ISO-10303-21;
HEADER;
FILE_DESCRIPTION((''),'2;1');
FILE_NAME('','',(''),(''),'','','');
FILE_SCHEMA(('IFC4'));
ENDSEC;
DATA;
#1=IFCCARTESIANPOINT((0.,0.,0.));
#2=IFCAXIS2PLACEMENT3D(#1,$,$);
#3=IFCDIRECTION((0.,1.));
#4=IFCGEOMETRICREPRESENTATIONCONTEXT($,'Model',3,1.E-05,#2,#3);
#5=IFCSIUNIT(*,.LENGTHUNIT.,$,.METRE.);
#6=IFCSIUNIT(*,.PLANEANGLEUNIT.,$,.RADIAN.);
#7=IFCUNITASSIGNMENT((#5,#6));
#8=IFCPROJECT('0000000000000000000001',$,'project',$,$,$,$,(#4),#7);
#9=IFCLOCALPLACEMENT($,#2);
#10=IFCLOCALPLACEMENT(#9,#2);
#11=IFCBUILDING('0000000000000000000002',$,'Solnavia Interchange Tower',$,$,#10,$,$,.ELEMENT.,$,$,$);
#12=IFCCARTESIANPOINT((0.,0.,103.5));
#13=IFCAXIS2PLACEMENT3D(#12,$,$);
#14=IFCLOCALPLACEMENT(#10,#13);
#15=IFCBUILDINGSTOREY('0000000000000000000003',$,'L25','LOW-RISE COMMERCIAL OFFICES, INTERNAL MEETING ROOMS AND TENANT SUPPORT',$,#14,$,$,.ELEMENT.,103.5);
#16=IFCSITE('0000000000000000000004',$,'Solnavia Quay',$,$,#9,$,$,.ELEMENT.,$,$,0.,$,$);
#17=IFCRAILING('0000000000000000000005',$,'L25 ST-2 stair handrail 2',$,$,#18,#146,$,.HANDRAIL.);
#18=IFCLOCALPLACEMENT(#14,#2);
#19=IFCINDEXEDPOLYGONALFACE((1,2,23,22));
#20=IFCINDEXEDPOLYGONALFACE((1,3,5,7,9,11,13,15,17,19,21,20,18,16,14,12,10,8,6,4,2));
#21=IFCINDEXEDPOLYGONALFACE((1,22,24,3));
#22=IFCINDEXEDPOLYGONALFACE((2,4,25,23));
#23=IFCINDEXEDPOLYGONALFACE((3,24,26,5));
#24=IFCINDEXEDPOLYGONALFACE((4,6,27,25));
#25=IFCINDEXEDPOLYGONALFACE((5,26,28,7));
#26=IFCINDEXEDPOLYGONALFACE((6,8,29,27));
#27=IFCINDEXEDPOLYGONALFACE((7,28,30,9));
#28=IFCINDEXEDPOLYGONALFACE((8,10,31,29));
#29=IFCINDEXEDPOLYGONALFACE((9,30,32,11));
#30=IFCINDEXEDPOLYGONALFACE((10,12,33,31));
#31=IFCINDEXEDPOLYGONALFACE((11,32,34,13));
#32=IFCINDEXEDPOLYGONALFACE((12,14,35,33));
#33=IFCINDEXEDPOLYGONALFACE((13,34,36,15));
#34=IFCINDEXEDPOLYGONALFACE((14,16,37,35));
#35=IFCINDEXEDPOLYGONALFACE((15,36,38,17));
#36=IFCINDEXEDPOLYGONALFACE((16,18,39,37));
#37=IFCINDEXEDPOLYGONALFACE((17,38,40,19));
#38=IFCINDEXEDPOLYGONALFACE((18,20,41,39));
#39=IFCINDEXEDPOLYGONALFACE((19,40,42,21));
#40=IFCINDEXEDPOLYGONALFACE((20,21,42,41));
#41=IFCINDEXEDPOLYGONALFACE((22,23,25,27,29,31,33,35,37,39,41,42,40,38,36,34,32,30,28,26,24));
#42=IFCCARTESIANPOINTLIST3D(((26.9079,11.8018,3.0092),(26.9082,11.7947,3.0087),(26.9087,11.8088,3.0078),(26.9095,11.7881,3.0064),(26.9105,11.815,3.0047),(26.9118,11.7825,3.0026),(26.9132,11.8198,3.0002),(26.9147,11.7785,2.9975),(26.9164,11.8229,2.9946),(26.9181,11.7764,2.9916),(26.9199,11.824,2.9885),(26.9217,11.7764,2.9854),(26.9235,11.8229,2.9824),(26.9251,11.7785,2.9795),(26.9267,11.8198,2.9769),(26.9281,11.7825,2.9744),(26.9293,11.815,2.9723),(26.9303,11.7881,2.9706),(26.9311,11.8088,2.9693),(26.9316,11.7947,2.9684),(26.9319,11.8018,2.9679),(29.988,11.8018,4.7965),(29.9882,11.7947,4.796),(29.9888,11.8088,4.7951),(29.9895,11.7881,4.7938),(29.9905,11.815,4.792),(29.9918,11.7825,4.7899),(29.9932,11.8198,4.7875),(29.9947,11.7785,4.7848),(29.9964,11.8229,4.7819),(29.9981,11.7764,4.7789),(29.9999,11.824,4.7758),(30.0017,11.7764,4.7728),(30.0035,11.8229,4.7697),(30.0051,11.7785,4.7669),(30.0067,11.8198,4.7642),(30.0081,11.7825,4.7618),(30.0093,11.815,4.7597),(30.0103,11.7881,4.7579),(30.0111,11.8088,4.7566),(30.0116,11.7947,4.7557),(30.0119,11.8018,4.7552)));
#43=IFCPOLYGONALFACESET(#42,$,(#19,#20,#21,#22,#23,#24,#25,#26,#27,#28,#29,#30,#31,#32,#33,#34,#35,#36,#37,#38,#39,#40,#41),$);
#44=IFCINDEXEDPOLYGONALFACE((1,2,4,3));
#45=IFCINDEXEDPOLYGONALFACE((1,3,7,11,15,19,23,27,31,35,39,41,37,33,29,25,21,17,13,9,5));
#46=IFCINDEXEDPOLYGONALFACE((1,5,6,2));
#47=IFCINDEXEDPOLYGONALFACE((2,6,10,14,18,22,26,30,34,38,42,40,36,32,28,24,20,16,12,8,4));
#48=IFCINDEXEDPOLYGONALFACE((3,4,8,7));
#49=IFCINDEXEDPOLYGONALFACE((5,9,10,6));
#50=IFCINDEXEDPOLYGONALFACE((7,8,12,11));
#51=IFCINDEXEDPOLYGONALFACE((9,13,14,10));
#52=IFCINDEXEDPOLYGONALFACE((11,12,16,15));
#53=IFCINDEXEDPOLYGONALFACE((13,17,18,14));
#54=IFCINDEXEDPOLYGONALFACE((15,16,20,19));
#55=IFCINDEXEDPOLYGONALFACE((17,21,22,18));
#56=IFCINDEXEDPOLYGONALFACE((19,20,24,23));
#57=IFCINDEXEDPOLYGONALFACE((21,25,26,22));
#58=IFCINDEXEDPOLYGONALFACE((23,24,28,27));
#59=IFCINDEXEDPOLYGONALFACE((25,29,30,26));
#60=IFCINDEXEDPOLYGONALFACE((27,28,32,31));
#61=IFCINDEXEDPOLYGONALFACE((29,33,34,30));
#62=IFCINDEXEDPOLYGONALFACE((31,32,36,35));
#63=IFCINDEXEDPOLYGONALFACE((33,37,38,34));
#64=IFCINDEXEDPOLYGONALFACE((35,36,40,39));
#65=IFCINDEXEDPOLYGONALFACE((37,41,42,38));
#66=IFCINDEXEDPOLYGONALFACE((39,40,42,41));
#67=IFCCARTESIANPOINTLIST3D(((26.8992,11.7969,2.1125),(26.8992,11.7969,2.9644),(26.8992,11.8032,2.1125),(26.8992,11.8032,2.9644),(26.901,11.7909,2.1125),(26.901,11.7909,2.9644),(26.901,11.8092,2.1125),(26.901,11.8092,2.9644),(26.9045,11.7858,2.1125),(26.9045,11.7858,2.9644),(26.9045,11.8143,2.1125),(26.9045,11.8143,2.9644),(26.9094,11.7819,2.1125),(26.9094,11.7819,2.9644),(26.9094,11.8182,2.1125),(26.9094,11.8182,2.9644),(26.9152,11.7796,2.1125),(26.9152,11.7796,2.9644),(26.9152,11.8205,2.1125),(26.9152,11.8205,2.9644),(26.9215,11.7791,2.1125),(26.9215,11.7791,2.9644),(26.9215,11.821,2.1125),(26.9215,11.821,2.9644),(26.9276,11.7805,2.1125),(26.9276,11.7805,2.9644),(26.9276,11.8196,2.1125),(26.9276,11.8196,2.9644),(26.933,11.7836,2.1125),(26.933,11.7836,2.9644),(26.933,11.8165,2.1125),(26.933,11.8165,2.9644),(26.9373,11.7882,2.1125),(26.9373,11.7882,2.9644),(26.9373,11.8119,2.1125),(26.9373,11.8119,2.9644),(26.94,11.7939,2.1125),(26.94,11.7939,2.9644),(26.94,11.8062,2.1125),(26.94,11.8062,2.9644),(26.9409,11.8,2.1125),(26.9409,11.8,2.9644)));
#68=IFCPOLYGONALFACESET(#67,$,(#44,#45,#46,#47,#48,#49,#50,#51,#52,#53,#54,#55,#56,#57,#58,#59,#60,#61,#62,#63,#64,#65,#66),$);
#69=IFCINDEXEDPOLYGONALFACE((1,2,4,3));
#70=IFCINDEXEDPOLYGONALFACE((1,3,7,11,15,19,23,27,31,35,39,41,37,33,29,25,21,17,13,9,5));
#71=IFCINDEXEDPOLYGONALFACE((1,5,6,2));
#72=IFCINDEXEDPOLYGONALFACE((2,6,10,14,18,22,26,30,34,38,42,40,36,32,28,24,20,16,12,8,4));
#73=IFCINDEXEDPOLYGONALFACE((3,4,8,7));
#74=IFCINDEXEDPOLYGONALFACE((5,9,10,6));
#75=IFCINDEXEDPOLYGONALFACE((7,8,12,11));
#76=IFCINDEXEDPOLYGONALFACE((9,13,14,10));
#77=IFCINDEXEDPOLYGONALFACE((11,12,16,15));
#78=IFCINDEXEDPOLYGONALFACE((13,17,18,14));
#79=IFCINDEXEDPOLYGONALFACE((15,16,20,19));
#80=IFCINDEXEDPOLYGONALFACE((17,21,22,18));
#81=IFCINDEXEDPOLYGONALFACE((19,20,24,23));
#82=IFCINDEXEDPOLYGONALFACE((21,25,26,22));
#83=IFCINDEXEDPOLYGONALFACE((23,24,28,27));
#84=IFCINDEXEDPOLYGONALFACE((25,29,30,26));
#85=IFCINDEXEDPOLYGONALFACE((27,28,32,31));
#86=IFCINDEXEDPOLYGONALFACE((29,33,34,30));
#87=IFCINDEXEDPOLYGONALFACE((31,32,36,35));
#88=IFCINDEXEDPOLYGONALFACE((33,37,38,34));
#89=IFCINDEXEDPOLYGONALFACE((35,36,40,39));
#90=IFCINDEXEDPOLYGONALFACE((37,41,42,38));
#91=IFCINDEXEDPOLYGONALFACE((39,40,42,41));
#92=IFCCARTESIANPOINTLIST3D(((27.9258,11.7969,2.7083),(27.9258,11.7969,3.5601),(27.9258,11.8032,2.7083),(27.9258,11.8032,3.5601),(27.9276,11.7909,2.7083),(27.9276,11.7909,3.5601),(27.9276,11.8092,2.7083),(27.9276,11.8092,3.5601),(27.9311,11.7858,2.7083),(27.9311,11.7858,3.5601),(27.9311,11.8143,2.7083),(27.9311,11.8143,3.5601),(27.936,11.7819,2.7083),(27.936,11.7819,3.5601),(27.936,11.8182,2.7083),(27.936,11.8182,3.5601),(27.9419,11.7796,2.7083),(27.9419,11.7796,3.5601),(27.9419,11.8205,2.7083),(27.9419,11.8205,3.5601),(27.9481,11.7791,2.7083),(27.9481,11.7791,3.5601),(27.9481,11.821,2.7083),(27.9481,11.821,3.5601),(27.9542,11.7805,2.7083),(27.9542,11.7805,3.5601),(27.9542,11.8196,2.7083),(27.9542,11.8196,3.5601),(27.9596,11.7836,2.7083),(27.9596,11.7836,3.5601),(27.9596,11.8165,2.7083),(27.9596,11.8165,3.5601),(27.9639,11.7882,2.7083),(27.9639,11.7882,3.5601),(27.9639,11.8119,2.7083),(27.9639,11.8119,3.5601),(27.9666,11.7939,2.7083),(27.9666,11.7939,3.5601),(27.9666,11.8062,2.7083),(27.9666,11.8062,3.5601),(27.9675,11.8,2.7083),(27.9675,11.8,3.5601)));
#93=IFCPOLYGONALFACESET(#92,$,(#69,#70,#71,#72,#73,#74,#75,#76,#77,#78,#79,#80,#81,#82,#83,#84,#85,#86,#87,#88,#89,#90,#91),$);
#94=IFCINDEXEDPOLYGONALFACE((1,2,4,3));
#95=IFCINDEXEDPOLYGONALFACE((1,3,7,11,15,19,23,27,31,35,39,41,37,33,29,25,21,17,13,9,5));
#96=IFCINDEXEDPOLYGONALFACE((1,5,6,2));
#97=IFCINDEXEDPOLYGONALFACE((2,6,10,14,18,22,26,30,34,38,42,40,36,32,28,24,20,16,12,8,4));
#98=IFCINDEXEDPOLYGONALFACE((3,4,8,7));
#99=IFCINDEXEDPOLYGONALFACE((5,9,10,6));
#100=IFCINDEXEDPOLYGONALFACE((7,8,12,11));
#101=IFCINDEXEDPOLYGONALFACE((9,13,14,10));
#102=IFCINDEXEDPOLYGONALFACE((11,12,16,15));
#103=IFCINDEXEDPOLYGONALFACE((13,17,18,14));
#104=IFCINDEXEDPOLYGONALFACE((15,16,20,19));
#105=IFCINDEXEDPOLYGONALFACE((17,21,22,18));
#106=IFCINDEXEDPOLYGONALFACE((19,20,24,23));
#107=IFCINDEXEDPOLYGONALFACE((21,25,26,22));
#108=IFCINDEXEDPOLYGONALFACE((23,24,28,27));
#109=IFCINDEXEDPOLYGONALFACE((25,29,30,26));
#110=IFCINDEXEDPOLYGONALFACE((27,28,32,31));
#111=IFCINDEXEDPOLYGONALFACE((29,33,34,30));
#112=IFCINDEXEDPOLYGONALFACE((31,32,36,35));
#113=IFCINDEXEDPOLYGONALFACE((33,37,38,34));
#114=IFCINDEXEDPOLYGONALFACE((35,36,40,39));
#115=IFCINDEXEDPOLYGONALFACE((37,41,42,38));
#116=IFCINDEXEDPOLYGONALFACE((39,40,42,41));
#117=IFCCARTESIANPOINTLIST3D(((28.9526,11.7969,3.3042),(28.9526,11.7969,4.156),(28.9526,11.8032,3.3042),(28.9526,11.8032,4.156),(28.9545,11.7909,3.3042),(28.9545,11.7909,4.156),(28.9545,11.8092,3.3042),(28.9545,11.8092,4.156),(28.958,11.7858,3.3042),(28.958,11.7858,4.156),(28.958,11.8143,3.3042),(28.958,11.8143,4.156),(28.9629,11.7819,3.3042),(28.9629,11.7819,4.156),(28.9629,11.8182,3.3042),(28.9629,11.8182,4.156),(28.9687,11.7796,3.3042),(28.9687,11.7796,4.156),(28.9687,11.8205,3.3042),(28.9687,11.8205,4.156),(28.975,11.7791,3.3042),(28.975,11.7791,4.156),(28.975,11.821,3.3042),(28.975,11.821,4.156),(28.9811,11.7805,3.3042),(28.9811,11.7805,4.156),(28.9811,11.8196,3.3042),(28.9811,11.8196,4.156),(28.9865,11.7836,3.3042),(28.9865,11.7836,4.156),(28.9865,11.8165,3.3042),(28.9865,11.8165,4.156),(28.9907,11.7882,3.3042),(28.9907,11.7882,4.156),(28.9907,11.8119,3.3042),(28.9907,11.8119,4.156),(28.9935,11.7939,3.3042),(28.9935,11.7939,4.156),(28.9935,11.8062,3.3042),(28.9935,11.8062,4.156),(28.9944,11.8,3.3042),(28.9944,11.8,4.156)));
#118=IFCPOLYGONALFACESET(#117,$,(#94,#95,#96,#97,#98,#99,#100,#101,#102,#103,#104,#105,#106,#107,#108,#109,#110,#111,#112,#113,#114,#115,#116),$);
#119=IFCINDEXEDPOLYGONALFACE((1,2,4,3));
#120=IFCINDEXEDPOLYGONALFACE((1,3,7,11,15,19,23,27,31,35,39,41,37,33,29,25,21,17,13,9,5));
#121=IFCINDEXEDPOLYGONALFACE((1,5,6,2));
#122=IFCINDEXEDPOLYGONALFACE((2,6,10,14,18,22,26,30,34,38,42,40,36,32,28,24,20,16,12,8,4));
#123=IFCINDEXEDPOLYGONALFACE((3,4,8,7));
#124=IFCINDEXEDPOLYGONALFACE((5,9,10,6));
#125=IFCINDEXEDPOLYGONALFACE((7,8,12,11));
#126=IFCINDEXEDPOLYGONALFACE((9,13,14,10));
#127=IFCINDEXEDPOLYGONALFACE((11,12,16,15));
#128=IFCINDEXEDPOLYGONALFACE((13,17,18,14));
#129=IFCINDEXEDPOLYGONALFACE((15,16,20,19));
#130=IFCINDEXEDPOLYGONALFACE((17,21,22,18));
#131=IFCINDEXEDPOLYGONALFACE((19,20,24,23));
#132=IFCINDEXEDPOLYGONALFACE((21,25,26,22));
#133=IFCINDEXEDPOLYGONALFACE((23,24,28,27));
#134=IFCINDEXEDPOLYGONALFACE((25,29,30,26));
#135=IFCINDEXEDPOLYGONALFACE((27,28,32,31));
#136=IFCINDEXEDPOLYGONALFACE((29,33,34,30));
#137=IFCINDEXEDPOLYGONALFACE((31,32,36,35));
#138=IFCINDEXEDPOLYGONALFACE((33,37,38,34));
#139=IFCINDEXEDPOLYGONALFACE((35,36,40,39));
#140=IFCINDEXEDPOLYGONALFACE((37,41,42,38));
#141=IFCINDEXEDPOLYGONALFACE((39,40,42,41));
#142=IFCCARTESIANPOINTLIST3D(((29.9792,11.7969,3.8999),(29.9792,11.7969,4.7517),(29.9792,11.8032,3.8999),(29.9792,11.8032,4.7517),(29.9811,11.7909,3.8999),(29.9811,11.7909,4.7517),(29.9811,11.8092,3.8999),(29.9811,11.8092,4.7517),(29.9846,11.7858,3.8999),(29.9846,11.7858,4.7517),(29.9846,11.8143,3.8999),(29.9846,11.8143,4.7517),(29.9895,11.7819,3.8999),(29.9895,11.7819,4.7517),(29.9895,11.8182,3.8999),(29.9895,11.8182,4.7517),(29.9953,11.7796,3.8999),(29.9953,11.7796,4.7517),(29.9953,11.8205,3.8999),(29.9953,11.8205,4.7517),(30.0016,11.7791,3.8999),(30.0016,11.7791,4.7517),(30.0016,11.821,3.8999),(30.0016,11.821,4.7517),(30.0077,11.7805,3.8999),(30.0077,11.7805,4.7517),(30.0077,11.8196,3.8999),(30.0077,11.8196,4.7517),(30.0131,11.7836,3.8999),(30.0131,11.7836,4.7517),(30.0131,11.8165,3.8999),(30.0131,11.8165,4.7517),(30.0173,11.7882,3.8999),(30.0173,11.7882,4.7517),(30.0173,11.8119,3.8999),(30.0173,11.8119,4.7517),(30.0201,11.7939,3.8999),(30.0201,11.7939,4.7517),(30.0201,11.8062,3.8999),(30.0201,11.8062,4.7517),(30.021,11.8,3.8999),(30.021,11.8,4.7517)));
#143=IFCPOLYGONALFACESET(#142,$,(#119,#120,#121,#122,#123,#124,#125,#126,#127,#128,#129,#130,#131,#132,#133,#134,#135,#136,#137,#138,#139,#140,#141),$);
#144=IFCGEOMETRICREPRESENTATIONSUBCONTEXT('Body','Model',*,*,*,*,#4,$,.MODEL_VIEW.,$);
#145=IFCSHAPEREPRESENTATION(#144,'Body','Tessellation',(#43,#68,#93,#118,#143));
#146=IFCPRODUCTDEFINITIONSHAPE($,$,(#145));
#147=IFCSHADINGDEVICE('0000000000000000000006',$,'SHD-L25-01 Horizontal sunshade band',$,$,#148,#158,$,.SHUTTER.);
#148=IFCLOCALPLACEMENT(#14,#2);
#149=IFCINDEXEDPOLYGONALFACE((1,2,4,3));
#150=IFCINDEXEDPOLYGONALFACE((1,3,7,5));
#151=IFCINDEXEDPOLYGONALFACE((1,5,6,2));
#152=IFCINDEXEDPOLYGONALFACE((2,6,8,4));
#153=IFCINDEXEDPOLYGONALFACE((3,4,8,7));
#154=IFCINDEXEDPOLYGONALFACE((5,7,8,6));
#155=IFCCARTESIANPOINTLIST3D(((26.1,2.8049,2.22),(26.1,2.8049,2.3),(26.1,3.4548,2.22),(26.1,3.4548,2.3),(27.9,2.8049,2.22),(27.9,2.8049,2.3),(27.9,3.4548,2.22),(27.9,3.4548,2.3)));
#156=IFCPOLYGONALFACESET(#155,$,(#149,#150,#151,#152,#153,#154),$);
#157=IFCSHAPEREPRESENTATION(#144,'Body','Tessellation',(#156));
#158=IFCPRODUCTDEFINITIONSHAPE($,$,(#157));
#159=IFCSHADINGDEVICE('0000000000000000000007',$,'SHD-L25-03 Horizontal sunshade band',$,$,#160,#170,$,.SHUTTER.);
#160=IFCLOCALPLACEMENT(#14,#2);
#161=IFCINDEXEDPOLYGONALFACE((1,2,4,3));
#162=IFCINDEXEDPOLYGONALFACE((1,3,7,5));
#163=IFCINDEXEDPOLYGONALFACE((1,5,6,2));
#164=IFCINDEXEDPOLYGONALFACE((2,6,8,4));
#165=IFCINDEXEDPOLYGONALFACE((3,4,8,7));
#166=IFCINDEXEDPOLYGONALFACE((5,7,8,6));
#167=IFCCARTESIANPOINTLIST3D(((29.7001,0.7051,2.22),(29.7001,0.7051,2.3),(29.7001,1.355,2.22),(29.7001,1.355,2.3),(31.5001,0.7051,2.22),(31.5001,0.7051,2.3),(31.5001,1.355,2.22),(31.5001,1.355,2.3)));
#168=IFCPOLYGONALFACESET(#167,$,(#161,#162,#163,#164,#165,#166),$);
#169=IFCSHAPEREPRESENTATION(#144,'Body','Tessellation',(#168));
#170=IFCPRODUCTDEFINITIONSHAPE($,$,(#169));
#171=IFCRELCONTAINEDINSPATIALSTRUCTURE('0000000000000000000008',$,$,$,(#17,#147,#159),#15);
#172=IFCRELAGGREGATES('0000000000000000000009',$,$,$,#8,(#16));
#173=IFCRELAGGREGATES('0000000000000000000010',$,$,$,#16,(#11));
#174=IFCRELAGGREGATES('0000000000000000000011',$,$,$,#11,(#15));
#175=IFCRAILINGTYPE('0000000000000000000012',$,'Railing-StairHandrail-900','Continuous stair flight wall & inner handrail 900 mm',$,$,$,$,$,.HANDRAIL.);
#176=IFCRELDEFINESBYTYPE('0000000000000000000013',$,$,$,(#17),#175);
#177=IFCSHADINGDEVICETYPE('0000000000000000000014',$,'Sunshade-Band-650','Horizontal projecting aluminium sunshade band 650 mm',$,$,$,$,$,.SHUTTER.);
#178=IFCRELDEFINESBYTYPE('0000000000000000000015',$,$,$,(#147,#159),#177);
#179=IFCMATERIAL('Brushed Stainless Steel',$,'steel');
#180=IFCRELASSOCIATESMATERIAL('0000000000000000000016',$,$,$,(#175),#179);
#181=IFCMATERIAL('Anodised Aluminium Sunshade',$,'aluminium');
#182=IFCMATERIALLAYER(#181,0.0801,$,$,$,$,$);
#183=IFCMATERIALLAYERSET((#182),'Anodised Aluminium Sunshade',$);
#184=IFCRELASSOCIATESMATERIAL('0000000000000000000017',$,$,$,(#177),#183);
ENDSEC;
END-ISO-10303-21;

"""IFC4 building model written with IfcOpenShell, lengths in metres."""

from ifc_helpers import new_model, si_unit, direction, frame, origin, origin_2d, place, context, subcontext, project, spatial, rectangle, circle, extrude, material, layer, layer_set, type_object, element, save


model = new_model("IFC4")

# Units and contexts
model_context = context("Model", 3, precision=1e-05, world=origin(), true_north=direction((0.0, 1.0)))
body_context = subcontext(model_context, "Body", "Model", "MODEL_VIEW")
ifc_project = project(units=[si_unit("LENGTHUNIT", "METRE"), si_unit("PLANEANGLEUNIT", "RADIAN")], contexts=[model_context])

# Site, building, storey
site_placement = place(None, origin())
site = spatial("IfcSite", under=ifc_project, at=site_placement, Name="Solnavia Quay", CompositionType="ELEMENT", RefElevation=0.0)
building_placement = place(site_placement, origin())
building = spatial("IfcBuilding", under=site, at=building_placement, Name="Solnavia Interchange Tower", CompositionType="ELEMENT")
storey_placement = place(building_placement, frame((0.0, 0.0, 103.5)))
storey = spatial("IfcBuildingStorey", under=building, at=storey_placement, Name="L25", Description="LOW-RISE COMMERCIAL OFFICES, INTERNAL MEETING ROOMS AND TENANT SUPPORT", CompositionType="ELEMENT", Elevation=103.5)

# Railing
ifc_material_1 = material(Name="Brushed Stainless Steel", Category="steel")
railing_type_1 = type_object("IfcRailingType", Name="Railing-StairHandrail-900", Description="Continuous stair flight wall & inner handrail 900 mm", PredefinedType="HANDRAIL", material=ifc_material_1)
railing_1_placement = place(storey_placement, frame((26.9199, 11.8, 2.1125)))
element("IfcRailing", 1, at=railing_1_placement, inside=storey, type_object=railing_type_1, Name="L25 ST-2 stair handrail 2", PredefinedType="HANDRAIL", context=body_context, shape_type="SweptSolid", body=[
    extrude(circle(Radius=0.0239, at=origin_2d()), frame((0.0, 0.0, 0.876), z_axis=(0.86492, 0.0, 0.501909), x_axis=(0.0, 1.0, 0.0)), (0.0, 0.0, 1.0), 3.561),
    extrude(circle(Radius=0.021, at=origin_2d()), origin(), (0.0, 0.0, 1.0), 0.8518),
    extrude(circle(Radius=0.021, at=origin_2d()), frame((1.0266, 0.0, 0.5957)), (0.0, 0.0, 1.0), 0.8518),
    extrude(circle(Radius=0.021, at=origin_2d()), frame((2.0535, 0.0, 1.1917)), (0.0, 0.0, 1.0), 0.8518),
    extrude(circle(Radius=0.021, at=origin_2d()), frame((3.0801, 0.0, 1.7874)), (0.0, 0.0, 1.0), 0.8518),
])

# Shading devices
ifc_material_2 = material(Name="Anodised Aluminium Sunshade", Category="aluminium")
ifc_layer_1 = layer(ifc_material_2, 0.0801)
ifc_layer_set_1 = layer_set([ifc_layer_1], Name="Anodised Aluminium Sunshade")
shading_device_type = type_object("IfcShadingDeviceType", Name="Sunshade-Band-650", Description="Horizontal projecting aluminium sunshade band 650 mm", PredefinedType="SHUTTER", material=ifc_layer_set_1)
for number, where, z_axis, x_axis, name in (
    (2, (27.0, 3.1299, 2.22), (0.0, 0.0, 1.0), (-1.0, 0.0, 0.0), "SHD-L25-01 Horizontal sunshade band"),
    (3, (30.6001, 1.03, 2.22), (0.0, 0.0, 1.0), (-1.0, 0.0, 0.0), "SHD-L25-03 Horizontal sunshade band"),
):
    element("IfcShadingDevice", number, at=place(storey_placement, frame(where, z_axis=z_axis, x_axis=x_axis)), inside=storey, type_object=shading_device_type, Name=name, PredefinedType="SHUTTER", context=body_context, shape_type="SweptSolid", body=[
        extrude(rectangle(XDim=1.8, YDim=0.6499, at=origin_2d()), origin(), (0.0, 0.0, 1.0), 0.0801),
    ])

save(model, "model.ifc")
